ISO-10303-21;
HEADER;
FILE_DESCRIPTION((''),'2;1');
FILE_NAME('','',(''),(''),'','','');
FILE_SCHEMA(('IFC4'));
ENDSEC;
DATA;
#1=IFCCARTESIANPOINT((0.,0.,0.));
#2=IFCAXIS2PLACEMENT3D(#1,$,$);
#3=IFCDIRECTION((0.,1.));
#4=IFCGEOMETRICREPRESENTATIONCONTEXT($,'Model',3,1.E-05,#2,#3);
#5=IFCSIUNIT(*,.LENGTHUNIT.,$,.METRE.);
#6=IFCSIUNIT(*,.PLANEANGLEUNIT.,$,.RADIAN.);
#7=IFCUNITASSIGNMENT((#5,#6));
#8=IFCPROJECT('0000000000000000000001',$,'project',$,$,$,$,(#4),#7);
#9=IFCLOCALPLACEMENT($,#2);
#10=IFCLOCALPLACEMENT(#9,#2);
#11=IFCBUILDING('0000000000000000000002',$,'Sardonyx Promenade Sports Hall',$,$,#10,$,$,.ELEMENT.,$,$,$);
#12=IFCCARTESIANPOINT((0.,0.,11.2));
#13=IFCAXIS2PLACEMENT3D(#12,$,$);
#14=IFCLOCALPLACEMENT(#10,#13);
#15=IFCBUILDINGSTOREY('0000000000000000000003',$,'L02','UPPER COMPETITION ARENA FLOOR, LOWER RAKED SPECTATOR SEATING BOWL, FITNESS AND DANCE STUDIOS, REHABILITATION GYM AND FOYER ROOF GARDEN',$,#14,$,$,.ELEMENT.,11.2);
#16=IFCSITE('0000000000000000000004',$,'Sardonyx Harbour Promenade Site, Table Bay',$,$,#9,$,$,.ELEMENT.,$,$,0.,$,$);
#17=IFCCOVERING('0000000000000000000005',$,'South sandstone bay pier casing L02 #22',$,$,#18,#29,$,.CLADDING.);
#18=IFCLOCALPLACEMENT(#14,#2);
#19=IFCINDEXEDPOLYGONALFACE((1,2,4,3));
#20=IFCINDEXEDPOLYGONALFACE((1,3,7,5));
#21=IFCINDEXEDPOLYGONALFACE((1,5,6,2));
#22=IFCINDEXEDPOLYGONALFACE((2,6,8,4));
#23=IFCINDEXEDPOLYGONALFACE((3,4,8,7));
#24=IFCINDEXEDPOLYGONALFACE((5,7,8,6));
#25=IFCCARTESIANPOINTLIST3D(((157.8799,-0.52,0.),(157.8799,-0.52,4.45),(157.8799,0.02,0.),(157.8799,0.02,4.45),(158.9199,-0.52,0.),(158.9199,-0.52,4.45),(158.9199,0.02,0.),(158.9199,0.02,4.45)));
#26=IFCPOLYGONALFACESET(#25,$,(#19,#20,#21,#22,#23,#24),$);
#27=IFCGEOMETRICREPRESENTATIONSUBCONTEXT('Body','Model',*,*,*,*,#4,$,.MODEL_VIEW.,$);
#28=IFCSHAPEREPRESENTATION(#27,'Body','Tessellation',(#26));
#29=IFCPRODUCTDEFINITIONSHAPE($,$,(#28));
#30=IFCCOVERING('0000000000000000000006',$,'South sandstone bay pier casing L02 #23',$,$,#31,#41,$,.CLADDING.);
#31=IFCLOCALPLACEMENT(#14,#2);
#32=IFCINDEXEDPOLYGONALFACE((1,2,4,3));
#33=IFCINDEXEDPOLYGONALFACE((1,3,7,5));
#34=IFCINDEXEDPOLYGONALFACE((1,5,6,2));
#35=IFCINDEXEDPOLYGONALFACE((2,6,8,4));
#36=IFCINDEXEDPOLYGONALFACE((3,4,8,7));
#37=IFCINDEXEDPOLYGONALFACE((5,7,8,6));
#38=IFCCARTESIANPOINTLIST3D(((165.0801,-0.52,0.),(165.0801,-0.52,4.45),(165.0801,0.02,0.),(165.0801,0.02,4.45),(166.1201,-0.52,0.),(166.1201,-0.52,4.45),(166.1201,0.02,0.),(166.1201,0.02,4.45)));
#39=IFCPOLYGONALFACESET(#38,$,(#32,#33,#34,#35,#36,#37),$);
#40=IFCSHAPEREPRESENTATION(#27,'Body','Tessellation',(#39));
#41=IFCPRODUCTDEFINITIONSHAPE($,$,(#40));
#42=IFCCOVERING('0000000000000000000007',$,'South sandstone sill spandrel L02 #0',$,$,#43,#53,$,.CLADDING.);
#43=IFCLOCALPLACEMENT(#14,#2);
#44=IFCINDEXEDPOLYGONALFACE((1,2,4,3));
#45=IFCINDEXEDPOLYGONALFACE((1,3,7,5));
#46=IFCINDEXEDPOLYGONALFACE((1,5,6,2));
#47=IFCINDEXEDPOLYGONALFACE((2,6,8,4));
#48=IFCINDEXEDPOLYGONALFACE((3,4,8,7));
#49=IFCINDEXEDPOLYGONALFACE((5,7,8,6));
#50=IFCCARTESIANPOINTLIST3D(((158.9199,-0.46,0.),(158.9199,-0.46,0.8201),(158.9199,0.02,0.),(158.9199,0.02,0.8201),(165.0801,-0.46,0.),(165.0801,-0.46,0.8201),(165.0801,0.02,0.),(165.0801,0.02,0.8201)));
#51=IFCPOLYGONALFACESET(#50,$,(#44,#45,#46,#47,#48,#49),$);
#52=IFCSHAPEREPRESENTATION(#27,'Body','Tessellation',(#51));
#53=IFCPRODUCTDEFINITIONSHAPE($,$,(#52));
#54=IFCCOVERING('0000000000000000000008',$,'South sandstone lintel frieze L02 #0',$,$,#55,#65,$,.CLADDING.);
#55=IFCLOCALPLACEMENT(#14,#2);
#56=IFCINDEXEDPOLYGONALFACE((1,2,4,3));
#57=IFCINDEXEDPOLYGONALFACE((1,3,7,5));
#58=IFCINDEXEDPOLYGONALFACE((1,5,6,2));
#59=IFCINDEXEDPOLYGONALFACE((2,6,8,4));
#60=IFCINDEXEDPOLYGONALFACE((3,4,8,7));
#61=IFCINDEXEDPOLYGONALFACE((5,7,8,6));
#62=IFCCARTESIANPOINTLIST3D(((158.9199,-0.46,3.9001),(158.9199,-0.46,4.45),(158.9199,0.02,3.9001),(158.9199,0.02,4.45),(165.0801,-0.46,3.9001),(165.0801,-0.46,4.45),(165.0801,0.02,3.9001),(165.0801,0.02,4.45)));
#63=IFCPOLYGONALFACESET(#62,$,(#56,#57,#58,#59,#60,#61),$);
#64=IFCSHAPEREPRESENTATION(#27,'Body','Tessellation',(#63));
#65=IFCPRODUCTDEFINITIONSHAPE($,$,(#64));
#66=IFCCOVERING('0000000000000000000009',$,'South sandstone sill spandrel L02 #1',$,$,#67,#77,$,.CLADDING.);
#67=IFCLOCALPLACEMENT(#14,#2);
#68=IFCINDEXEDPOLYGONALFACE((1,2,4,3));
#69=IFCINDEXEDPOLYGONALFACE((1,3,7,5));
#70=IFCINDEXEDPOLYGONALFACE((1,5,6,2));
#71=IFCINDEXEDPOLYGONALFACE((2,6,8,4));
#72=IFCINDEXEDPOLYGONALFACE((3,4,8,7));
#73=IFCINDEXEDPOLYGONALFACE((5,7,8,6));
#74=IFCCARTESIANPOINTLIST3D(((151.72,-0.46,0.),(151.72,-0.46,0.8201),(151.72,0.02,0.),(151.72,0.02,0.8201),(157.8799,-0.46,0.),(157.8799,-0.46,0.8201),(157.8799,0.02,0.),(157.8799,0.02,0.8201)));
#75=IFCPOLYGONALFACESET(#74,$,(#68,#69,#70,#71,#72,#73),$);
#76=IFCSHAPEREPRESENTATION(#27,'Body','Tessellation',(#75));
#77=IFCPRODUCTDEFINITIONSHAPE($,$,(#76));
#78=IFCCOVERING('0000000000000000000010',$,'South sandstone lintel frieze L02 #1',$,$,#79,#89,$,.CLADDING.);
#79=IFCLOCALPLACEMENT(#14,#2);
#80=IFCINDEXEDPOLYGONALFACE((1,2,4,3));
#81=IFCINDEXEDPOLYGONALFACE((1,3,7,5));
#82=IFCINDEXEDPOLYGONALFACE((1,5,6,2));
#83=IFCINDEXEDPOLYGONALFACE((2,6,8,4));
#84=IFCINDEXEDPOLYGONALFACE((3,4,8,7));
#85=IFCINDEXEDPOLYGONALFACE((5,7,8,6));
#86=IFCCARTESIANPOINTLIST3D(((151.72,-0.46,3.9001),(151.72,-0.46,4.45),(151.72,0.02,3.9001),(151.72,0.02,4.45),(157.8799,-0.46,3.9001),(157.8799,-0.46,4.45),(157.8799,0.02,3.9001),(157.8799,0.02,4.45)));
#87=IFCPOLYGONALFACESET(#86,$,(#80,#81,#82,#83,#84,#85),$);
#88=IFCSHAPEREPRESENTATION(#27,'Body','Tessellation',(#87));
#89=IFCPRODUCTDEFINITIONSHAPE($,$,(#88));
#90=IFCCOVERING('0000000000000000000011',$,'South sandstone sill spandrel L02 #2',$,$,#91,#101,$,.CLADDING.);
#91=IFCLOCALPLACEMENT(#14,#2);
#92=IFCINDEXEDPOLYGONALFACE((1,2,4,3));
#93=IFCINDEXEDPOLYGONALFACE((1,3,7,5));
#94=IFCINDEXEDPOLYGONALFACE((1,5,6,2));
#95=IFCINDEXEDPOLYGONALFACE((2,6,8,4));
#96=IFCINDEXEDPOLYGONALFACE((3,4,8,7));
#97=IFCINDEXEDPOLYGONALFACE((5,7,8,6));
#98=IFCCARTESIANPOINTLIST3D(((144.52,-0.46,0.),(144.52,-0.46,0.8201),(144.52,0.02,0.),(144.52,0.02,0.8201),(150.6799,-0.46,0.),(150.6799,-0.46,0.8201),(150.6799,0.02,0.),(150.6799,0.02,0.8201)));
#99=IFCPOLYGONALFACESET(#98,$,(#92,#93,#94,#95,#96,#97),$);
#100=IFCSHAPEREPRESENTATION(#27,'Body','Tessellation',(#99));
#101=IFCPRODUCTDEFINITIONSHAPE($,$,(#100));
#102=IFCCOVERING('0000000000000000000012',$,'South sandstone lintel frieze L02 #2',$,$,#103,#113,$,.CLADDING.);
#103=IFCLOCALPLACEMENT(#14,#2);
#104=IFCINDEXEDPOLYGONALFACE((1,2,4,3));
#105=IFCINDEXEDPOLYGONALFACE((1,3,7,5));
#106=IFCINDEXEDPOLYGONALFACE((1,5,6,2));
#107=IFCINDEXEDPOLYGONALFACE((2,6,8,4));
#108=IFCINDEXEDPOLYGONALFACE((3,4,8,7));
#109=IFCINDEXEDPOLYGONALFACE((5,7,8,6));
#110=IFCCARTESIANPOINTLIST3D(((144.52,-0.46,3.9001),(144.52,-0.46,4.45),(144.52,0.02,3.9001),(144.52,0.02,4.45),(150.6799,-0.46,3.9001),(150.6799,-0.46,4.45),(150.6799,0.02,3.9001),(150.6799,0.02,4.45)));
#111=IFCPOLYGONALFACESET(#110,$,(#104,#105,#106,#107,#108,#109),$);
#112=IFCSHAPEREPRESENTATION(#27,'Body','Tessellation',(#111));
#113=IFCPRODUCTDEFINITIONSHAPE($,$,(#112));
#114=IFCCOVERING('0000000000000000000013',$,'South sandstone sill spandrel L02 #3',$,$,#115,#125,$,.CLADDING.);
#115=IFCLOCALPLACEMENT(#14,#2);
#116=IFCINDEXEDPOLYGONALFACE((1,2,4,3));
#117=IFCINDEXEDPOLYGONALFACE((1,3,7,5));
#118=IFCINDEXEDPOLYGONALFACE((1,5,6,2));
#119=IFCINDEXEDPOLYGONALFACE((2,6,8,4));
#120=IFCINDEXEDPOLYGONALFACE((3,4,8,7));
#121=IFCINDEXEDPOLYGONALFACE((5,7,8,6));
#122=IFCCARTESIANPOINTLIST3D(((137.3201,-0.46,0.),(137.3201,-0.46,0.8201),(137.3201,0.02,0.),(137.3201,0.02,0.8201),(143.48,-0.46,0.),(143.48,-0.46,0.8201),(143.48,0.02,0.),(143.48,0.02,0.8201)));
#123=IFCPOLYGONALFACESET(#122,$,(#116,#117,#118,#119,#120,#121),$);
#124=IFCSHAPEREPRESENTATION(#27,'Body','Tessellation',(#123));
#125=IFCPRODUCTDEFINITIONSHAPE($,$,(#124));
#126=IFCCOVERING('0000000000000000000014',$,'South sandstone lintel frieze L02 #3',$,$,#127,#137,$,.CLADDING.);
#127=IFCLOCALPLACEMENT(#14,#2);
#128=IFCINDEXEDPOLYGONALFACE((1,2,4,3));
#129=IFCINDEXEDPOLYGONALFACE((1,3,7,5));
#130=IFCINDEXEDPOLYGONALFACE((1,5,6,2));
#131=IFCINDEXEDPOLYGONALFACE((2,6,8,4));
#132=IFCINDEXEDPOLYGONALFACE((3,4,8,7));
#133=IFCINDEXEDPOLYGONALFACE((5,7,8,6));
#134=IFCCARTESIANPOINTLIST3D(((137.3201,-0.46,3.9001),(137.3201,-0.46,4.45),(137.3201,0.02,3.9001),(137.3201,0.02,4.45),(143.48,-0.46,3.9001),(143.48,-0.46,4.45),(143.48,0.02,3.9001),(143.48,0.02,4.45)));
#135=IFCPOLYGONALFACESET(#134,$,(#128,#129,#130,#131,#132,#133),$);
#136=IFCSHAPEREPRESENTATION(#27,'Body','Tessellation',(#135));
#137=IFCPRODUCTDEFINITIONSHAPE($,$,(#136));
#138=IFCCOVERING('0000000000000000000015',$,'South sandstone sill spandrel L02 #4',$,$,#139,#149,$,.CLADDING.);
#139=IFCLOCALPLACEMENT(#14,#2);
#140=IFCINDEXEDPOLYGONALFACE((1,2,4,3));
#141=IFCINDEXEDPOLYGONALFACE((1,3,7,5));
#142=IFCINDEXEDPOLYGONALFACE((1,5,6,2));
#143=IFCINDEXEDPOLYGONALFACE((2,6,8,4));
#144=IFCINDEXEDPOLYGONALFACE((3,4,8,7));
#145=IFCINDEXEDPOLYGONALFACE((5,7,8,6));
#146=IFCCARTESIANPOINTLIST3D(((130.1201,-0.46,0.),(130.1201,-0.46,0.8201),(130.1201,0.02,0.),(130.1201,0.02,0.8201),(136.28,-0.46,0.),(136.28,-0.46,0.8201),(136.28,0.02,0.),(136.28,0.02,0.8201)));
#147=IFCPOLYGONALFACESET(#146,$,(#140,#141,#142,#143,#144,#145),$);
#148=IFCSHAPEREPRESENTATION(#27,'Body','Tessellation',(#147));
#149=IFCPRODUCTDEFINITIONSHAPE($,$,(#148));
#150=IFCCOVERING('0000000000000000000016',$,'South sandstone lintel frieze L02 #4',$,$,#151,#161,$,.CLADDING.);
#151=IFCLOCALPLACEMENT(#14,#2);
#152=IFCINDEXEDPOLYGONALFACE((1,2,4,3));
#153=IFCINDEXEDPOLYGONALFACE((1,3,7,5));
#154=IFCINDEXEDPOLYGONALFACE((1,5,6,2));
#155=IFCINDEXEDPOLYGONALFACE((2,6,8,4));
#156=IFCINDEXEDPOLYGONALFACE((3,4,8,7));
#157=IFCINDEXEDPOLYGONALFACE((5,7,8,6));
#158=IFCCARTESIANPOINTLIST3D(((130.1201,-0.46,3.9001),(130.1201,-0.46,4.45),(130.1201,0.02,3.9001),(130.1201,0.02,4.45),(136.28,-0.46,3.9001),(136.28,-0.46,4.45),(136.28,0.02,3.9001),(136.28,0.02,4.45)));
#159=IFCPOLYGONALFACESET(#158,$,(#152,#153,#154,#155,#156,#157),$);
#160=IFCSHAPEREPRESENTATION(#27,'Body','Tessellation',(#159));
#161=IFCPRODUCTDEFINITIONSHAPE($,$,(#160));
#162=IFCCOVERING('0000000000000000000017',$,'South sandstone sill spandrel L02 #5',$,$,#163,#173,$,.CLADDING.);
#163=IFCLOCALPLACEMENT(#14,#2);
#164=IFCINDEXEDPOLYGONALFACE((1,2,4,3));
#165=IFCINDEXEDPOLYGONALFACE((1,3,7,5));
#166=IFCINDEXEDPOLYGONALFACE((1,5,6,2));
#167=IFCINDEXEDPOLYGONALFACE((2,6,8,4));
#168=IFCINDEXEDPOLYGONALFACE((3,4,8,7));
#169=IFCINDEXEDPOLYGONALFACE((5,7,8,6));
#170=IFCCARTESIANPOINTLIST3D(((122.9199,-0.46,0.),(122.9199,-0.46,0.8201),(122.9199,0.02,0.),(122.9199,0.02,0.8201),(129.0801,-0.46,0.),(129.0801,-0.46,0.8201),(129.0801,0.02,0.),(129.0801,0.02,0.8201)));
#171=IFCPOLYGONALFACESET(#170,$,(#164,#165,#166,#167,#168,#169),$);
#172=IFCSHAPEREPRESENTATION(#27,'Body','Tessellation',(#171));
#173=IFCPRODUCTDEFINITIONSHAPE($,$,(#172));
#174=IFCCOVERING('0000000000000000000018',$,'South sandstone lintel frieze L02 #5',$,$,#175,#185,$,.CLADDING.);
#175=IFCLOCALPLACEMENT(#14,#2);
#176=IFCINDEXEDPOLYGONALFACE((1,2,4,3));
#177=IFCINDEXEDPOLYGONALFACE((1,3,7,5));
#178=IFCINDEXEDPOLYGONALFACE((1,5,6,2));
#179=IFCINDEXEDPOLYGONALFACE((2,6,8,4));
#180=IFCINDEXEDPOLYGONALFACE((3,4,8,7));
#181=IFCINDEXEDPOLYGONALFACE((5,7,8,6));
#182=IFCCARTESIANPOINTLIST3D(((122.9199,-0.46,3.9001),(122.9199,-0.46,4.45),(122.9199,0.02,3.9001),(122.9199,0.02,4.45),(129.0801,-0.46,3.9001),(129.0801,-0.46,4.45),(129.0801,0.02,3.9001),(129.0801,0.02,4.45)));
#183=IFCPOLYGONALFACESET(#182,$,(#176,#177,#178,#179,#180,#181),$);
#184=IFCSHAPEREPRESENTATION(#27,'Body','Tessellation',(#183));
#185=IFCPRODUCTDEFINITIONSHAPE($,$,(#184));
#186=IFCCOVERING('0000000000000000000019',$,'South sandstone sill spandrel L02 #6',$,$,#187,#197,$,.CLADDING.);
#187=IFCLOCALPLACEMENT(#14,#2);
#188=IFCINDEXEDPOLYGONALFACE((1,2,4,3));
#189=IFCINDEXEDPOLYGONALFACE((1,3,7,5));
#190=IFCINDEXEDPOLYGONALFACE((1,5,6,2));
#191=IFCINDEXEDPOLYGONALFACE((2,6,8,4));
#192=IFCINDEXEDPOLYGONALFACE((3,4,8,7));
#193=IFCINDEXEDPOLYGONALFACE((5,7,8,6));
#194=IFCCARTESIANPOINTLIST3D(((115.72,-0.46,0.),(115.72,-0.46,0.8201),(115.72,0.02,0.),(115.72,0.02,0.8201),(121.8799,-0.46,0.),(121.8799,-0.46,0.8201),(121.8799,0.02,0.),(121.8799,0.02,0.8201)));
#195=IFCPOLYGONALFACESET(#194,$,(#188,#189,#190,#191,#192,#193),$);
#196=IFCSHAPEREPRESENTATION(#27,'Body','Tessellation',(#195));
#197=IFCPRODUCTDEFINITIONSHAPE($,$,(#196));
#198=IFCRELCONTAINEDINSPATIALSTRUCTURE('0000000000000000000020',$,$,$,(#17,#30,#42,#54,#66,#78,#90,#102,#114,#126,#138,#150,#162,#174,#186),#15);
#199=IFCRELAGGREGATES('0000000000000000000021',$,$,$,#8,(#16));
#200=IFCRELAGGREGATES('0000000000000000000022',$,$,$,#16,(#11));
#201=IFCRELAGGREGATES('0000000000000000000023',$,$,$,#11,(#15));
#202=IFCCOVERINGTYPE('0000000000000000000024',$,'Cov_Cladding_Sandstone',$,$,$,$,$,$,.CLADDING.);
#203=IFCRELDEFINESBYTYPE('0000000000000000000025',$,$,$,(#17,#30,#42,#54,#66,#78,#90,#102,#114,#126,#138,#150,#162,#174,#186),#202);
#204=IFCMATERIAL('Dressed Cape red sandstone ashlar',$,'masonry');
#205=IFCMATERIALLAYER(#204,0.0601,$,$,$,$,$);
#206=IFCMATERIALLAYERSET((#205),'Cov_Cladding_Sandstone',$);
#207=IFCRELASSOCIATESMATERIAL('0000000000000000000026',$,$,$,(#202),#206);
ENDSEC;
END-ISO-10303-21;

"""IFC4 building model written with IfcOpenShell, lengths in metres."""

from ifc_helpers import new_model, si_unit, direction, frame, origin, place, context, subcontext, project, spatial, polyline, outline, extrude, material, layer, layer_set, type_object, element, save


model = new_model("IFC4")

# Units and contexts
model_context = context("Model", 3, precision=1e-05, world=origin(), true_north=direction((0.0, 1.0)))
body_context = subcontext(model_context, "Body", "Model", "MODEL_VIEW")
ifc_project = project(units=[si_unit("LENGTHUNIT", "METRE"), si_unit("PLANEANGLEUNIT", "RADIAN")], contexts=[model_context])

# Site, building, storey
site_placement = place(None, origin())
site = spatial("IfcSite", under=ifc_project, at=site_placement, Name="Sardonyx Harbour Promenade Site, Table Bay", CompositionType="ELEMENT", RefElevation=0.0)
building_placement = place(site_placement, origin())
building = spatial("IfcBuilding", under=site, at=building_placement, Name="Sardonyx Promenade Sports Hall", CompositionType="ELEMENT")
storey_placement = place(building_placement, frame((0.0, 0.0, 11.2)))
storey = spatial("IfcBuildingStorey", under=building, at=storey_placement, Name="L02", Description="UPPER COMPETITION ARENA FLOOR, LOWER RAKED SPECTATOR SEATING BOWL, FITNESS AND DANCE STUDIOS, REHABILITATION GYM AND FOYER ROOF GARDEN", CompositionType="ELEMENT", Elevation=11.2)

# Coverings
ifc_material = material(Name="Dressed Cape red sandstone ashlar", Category="masonry")
ifc_layer = layer(ifc_material, 0.0601)
ifc_layer_set = layer_set([ifc_layer], Name="Cov_Cladding_Sandstone")
covering_type = type_object("IfcCoveringType", Name="Cov_Cladding_Sandstone", PredefinedType="CLADDING", material=ifc_layer_set)
covering_1_placement = place(storey_placement, origin())
element("IfcCovering", 1, at=covering_1_placement, inside=storey, type_object=covering_type, Name="South sandstone bay pier casing L02 #22", PredefinedType="CLADDING", context=body_context, shape_type="SweptSolid", body=[
    extrude(outline(polyline([(157.8799, -0.52), (158.9199, -0.52), (158.9199, 0.02), (157.8799, 0.02), (157.8799, -0.52)])), origin(), (0.0, 0.0, 1.0), 4.45),
])
covering_2_placement = place(storey_placement, origin())
element("IfcCovering", 2, at=covering_2_placement, inside=storey, type_object=covering_type, Name="South sandstone bay pier casing L02 #23", PredefinedType="CLADDING", context=body_context, shape_type="SweptSolid", body=[
    extrude(outline(polyline([(165.0801, -0.52), (166.1201, -0.52), (166.1201, 0.02), (165.0801, 0.02), (165.0801, -0.52)])), origin(), (0.0, 0.0, 1.0), 4.45),
])
covering_3_placement = place(storey_placement, origin())
element("IfcCovering", 3, at=covering_3_placement, inside=storey, type_object=covering_type, Name="South sandstone sill spandrel L02 #0", PredefinedType="CLADDING", context=body_context, shape_type="SweptSolid", body=[
    extrude(outline(polyline([(158.9199, -0.46), (165.0801, -0.46), (165.0801, 0.02), (158.9199, 0.02), (158.9199, -0.46)])), origin(), (0.0, 0.0, 1.0), 0.8201),
])
covering_4_placement = place(storey_placement, frame((0.0, 0.0, 3.9001)))
element("IfcCovering", 4, at=covering_4_placement, inside=storey, type_object=covering_type, Name="South sandstone lintel frieze L02 #0", PredefinedType="CLADDING", context=body_context, shape_type="SweptSolid", body=[
    extrude(outline(polyline([(158.9199, -0.46), (165.0801, -0.46), (165.0801, 0.02), (158.9199, 0.02), (158.9199, -0.46)])), origin(), (0.0, 0.0, 1.0), 0.5498),
])
covering_5_placement = place(storey_placement, origin())
element("IfcCovering", 5, at=covering_5_placement, inside=storey, type_object=covering_type, Name="South sandstone sill spandrel L02 #1", PredefinedType="CLADDING", context=body_context, shape_type="SweptSolid", body=[
    extrude(outline(polyline([(151.72, -0.46), (157.8799, -0.46), (157.8799, 0.02), (151.72, 0.02), (151.72, -0.46)])), origin(), (0.0, 0.0, 1.0), 0.8201),
])
covering_6_placement = place(storey_placement, frame((0.0, 0.0, 3.9001)))
element("IfcCovering", 6, at=covering_6_placement, inside=storey, type_object=covering_type, Name="South sandstone lintel frieze L02 #1", PredefinedType="CLADDING", context=body_context, shape_type="SweptSolid", body=[
    extrude(outline(polyline([(151.72, -0.46), (157.8799, -0.46), (157.8799, 0.02), (151.72, 0.02), (151.72, -0.46)])), origin(), (0.0, 0.0, 1.0), 0.5498),
])
covering_7_placement = place(storey_placement, origin())
element("IfcCovering", 7, at=covering_7_placement, inside=storey, type_object=covering_type, Name="South sandstone sill spandrel L02 #2", PredefinedType="CLADDING", context=body_context, shape_type="SweptSolid", body=[
    extrude(outline(polyline([(144.52, -0.46), (150.6799, -0.46), (150.6799, 0.02), (144.52, 0.02), (144.52, -0.46)])), origin(), (0.0, 0.0, 1.0), 0.8201),
])
covering_8_placement = place(storey_placement, frame((0.0, 0.0, 3.9001)))
element("IfcCovering", 8, at=covering_8_placement, inside=storey, type_object=covering_type, Name="South sandstone lintel frieze L02 #2", PredefinedType="CLADDING", context=body_context, shape_type="SweptSolid", body=[
    extrude(outline(polyline([(144.52, -0.46), (150.6799, -0.46), (150.6799, 0.02), (144.52, 0.02), (144.52, -0.46)])), origin(), (0.0, 0.0, 1.0), 0.5498),
])
covering_9_placement = place(storey_placement, origin())
element("IfcCovering", 9, at=covering_9_placement, inside=storey, type_object=covering_type, Name="South sandstone sill spandrel L02 #3", PredefinedType="CLADDING", context=body_context, shape_type="SweptSolid", body=[
    extrude(outline(polyline([(137.3201, -0.46), (143.48, -0.46), (143.48, 0.02), (137.3201, 0.02), (137.3201, -0.46)])), origin(), (0.0, 0.0, 1.0), 0.8201),
])
covering_10_placement = place(storey_placement, frame((0.0, 0.0, 3.9001)))
element("IfcCovering", 10, at=covering_10_placement, inside=storey, type_object=covering_type, Name="South sandstone lintel frieze L02 #3", PredefinedType="CLADDING", context=body_context, shape_type="SweptSolid", body=[
    extrude(outline(polyline([(137.3201, -0.46), (143.48, -0.46), (143.48, 0.02), (137.3201, 0.02), (137.3201, -0.46)])), origin(), (0.0, 0.0, 1.0), 0.5498),
])
covering_11_placement = place(storey_placement, origin())
element("IfcCovering", 11, at=covering_11_placement, inside=storey, type_object=covering_type, Name="South sandstone sill spandrel L02 #4", PredefinedType="CLADDING", context=body_context, shape_type="SweptSolid", body=[
    extrude(outline(polyline([(130.1201, -0.46), (136.28, -0.46), (136.28, 0.02), (130.1201, 0.02), (130.1201, -0.46)])), origin(), (0.0, 0.0, 1.0), 0.8201),
])
covering_12_placement = place(storey_placement, frame((0.0, 0.0, 3.9001)))
element("IfcCovering", 12, at=covering_12_placement, inside=storey, type_object=covering_type, Name="South sandstone lintel frieze L02 #4", PredefinedType="CLADDING", context=body_context, shape_type="SweptSolid", body=[
    extrude(outline(polyline([(130.1201, -0.46), (136.28, -0.46), (136.28, 0.02), (130.1201, 0.02), (130.1201, -0.46)])), origin(), (0.0, 0.0, 1.0), 0.5498),
])
covering_13_placement = place(storey_placement, origin())
element("IfcCovering", 13, at=covering_13_placement, inside=storey, type_object=covering_type, Name="South sandstone sill spandrel L02 #5", PredefinedType="CLADDING", context=body_context, shape_type="SweptSolid", body=[
    extrude(outline(polyline([(122.9199, -0.46), (129.0801, -0.46), (129.0801, 0.02), (122.9199, 0.02), (122.9199, -0.46)])), origin(), (0.0, 0.0, 1.0), 0.8201),
])
covering_14_placement = place(storey_placement, frame((0.0, 0.0, 3.9001)))
element("IfcCovering", 14, at=covering_14_placement, inside=storey, type_object=covering_type, Name="South sandstone lintel frieze L02 #5", PredefinedType="CLADDING", context=body_context, shape_type="SweptSolid", body=[
    extrude(outline(polyline([(122.9199, -0.46), (129.0801, -0.46), (129.0801, 0.02), (122.9199, 0.02), (122.9199, -0.46)])), origin(), (0.0, 0.0, 1.0), 0.5498),
])
covering_15_placement = place(storey_placement, origin())
element("IfcCovering", 15, at=covering_15_placement, inside=storey, type_object=covering_type, Name="South sandstone sill spandrel L02 #6", PredefinedType="CLADDING", context=body_context, shape_type="SweptSolid", body=[
    extrude(outline(polyline([(115.72, -0.46), (121.8799, -0.46), (121.8799, 0.02), (115.72, 0.02), (115.72, -0.46)])), origin(), (0.0, 0.0, 1.0), 0.8201),
])

save(model, "model.ifc")
